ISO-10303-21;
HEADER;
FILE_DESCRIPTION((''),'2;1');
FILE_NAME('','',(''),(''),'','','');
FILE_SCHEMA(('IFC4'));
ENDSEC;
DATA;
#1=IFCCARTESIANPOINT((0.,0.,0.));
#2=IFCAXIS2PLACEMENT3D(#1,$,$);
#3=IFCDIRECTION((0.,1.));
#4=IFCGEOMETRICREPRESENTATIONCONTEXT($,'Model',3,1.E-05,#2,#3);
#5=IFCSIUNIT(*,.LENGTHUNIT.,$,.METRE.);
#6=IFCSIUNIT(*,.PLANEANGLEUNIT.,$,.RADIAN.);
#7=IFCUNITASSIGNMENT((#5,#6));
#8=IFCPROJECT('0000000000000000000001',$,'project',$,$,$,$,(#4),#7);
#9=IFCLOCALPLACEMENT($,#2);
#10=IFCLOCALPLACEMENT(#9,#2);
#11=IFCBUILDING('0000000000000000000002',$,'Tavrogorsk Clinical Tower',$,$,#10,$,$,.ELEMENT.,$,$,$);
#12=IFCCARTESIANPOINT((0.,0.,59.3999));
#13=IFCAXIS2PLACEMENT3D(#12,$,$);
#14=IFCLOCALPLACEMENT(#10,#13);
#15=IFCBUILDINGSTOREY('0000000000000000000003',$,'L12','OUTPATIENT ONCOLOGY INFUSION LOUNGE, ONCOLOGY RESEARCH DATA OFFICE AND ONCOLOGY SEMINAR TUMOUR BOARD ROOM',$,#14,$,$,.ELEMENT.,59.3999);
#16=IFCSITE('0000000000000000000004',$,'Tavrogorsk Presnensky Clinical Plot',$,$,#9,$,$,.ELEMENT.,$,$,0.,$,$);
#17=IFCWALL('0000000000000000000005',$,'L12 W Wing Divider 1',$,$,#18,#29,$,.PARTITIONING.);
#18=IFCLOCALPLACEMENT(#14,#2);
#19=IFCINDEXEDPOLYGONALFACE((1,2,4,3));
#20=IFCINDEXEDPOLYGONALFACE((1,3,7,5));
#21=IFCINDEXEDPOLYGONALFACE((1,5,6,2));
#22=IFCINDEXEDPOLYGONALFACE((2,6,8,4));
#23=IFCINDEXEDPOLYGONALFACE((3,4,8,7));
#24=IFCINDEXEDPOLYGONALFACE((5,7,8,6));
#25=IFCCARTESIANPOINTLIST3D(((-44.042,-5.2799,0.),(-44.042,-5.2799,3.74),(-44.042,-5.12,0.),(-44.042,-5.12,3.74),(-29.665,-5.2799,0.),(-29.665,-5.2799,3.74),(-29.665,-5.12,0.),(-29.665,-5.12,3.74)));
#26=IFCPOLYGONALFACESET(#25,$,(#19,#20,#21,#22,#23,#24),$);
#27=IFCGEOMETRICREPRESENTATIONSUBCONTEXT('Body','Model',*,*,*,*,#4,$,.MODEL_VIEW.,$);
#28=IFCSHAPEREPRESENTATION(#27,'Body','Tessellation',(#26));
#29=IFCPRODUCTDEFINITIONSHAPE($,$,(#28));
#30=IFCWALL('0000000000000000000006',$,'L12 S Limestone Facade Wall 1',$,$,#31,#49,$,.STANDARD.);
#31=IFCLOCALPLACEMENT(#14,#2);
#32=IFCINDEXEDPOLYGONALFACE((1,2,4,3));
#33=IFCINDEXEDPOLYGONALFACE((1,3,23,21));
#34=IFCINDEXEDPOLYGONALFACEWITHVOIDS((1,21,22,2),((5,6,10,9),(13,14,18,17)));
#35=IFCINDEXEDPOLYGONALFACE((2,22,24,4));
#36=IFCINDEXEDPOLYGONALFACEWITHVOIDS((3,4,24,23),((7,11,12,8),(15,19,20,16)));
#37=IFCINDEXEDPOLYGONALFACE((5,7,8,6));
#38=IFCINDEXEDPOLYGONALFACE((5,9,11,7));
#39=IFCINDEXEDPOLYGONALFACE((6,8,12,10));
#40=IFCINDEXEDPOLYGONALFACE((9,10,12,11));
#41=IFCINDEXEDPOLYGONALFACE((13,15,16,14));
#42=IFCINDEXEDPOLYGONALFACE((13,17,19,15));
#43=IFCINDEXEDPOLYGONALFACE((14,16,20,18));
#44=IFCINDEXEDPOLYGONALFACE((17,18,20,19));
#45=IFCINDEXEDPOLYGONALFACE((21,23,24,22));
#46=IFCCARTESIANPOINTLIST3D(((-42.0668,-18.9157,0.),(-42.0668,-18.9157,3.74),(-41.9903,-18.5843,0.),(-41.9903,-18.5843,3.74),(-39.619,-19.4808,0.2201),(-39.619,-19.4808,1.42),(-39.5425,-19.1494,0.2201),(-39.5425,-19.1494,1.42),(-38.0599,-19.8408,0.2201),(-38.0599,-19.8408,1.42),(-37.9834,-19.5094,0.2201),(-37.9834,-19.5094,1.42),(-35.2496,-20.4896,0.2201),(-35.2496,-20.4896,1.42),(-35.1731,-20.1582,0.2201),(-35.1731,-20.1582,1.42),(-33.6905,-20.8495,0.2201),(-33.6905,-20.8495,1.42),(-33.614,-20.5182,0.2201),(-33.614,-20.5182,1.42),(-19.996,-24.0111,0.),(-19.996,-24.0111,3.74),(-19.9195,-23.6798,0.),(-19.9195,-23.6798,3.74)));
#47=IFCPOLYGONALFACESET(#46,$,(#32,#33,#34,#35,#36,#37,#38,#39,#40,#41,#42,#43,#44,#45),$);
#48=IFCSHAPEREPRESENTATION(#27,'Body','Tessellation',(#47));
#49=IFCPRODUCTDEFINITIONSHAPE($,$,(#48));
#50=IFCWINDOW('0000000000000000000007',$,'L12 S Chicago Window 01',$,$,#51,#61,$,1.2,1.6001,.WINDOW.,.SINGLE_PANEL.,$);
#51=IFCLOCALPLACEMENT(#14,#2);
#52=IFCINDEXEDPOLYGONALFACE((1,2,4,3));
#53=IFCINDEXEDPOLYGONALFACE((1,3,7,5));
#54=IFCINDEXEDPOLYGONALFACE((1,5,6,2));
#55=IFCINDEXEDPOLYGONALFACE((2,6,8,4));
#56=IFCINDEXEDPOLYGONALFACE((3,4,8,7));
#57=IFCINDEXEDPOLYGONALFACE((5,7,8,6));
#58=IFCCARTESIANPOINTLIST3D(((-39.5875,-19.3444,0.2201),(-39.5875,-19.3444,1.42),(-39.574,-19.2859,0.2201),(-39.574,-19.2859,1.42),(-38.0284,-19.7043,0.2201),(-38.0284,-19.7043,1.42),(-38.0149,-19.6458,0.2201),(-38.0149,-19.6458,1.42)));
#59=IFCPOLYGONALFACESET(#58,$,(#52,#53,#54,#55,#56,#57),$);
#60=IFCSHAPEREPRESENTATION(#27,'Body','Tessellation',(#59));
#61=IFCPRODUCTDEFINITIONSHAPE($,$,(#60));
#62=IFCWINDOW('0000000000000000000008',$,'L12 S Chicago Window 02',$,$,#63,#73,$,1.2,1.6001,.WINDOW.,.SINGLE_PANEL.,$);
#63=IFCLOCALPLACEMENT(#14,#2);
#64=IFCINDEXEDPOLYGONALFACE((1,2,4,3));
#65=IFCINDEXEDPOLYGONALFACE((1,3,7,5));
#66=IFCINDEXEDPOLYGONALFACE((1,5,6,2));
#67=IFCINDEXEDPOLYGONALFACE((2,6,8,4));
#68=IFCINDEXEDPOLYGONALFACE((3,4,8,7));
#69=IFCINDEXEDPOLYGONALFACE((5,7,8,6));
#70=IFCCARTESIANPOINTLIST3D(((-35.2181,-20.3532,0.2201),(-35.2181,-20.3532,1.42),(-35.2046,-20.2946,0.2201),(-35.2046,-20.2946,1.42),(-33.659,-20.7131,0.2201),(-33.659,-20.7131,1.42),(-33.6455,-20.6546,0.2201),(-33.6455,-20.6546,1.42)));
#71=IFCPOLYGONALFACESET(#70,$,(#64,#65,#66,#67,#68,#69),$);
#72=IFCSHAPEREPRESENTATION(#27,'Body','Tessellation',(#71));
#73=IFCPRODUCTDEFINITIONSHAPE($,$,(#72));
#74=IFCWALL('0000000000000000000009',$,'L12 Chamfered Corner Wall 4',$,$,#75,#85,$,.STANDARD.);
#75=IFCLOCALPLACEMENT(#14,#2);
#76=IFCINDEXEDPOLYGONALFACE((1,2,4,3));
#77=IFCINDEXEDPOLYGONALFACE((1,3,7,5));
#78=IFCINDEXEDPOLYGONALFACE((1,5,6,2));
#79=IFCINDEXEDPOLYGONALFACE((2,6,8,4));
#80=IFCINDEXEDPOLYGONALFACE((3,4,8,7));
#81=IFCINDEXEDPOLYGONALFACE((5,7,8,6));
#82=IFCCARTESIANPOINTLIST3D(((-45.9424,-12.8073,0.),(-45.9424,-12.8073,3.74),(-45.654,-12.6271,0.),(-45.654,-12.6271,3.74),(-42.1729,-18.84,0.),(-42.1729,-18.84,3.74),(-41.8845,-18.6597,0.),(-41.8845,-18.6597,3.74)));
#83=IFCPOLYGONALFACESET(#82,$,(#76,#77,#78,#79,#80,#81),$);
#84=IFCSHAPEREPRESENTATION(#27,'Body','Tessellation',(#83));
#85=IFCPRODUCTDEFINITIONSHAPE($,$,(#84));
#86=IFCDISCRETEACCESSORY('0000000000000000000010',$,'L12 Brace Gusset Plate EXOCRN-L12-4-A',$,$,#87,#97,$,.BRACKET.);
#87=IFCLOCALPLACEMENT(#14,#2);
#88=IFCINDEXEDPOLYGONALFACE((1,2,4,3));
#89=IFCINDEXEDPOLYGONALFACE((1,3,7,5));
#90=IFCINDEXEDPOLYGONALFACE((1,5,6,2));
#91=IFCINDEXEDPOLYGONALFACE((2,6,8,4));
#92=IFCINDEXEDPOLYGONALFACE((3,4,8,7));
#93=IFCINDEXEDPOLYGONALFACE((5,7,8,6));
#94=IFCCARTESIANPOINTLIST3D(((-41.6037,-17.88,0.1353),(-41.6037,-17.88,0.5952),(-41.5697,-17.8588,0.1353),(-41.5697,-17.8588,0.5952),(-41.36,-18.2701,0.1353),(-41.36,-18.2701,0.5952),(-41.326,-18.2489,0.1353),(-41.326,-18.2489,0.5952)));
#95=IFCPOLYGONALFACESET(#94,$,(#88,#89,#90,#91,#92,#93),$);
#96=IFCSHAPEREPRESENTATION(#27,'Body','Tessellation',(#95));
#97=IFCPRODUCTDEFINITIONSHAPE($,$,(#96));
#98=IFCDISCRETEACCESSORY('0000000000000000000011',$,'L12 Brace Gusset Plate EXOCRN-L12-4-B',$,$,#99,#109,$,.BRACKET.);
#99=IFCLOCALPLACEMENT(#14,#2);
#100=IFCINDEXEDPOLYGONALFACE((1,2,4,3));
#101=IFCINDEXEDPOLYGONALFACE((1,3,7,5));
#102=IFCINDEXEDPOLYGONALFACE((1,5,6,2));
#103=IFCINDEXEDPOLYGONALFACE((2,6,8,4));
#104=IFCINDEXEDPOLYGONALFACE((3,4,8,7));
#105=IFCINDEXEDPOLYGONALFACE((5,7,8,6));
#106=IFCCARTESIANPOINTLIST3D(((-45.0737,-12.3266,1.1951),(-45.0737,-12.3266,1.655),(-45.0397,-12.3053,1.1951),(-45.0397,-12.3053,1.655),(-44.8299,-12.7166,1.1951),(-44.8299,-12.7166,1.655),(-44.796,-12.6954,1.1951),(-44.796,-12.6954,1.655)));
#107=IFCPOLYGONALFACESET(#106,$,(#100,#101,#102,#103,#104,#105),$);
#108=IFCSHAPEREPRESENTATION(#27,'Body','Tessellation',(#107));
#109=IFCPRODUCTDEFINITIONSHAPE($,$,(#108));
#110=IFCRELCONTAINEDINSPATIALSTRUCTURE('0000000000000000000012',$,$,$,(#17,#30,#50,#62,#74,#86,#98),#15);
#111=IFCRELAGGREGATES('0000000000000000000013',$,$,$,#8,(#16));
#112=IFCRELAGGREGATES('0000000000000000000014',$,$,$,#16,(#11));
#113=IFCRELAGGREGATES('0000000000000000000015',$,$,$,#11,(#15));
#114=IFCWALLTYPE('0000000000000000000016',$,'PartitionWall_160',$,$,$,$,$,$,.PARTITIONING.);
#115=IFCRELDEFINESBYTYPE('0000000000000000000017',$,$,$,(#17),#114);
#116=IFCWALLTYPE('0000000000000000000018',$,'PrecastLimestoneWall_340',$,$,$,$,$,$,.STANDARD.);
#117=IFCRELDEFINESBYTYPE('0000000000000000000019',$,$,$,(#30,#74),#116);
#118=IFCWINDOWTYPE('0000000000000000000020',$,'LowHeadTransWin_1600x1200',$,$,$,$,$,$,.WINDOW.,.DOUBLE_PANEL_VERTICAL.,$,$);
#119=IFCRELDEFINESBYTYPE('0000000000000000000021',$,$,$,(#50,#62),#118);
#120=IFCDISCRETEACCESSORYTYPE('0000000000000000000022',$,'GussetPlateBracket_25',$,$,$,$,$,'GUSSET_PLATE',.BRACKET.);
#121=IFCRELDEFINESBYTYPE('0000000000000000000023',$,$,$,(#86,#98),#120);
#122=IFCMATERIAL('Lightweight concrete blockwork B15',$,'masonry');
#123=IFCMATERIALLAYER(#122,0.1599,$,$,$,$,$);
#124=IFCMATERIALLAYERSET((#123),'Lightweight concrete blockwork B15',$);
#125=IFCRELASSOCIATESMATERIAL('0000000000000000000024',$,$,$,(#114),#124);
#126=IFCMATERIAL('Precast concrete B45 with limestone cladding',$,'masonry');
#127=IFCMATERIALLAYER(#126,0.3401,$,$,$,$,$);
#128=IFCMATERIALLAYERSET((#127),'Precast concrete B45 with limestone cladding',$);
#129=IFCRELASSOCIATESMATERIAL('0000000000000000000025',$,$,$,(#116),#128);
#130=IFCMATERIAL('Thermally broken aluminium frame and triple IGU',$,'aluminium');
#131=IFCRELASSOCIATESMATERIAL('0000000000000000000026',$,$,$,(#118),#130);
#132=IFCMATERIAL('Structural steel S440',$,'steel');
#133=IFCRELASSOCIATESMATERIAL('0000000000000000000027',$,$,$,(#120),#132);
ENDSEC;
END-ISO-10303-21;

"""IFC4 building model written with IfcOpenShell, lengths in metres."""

from ifc_helpers import new_model, si_unit, direction, frame, frame_2d, origin, origin_2d, place, context, subcontext, project, spatial, rectangle, extrude, material, layer, layer_set, type_object, element, fill, save


model = new_model("IFC4")

# Units and contexts
model_context = context("Model", 3, precision=1e-05, world=origin(), true_north=direction((0.0, 1.0)))
body_context = subcontext(model_context, "Body", "Model", "MODEL_VIEW")
ifc_project = project(units=[si_unit("LENGTHUNIT", "METRE"), si_unit("PLANEANGLEUNIT", "RADIAN")], contexts=[model_context])

# Site, building, storey
site_placement = place(None, origin())
site = spatial("IfcSite", under=ifc_project, at=site_placement, Name="Tavrogorsk Presnensky Clinical Plot", CompositionType="ELEMENT", RefElevation=0.0)
building_placement = place(site_placement, origin())
building = spatial("IfcBuilding", under=site, at=building_placement, Name="Tavrogorsk Clinical Tower", CompositionType="ELEMENT")
storey_placement = place(building_placement, frame((0.0, 0.0, 59.3999)))
storey = spatial("IfcBuildingStorey", under=building, at=storey_placement, Name="L12", Description="OUTPATIENT ONCOLOGY INFUSION LOUNGE, ONCOLOGY RESEARCH DATA OFFICE AND ONCOLOGY SEMINAR TUMOUR BOARD ROOM", CompositionType="ELEMENT", Elevation=59.3999)

# Shared definitions
ifc_material_1 = material(Name="Lightweight concrete blockwork B15", Category="masonry")
ifc_layer_1 = layer(ifc_material_1, 0.1599)
ifc_layer_set_1 = layer_set([ifc_layer_1], Name="Lightweight concrete blockwork B15")
wall_type_1 = type_object("IfcWallType", Name="PartitionWall_160", PredefinedType="PARTITIONING", material=ifc_layer_set_1)

# Wall
wall_1_placement = place(storey_placement, frame((-44.042, -5.2, 0.0), z_axis=(0.0, 0.0, 1.0), x_axis=(1.0, 0.0, 0.0)))
element("IfcWall", 1, at=wall_1_placement, inside=storey, type_object=wall_type_1, Name="L12 W Wing Divider 1", PredefinedType="PARTITIONING", context=body_context, shape_type="SweptSolid", body=[
    extrude(rectangle(XDim=14.377, YDim=0.1599, at=frame_2d((7.1885, 0.0))), origin(), (0.0, 0.0, 1.0), 3.74),
])

# Wall, openings, windows
ifc_material_2 = material(Name="Precast concrete B45 with limestone cladding", Category="masonry")
ifc_layer_2 = layer(ifc_material_2, 0.3401)
ifc_layer_set_2 = layer_set([ifc_layer_2], Name="Precast concrete B45 with limestone cladding")
wall_type_2 = type_object("IfcWallType", Name="PrecastLimestoneWall_340", PredefinedType="STANDARD", material=ifc_layer_set_2)
wall_2_placement = place(storey_placement, frame((-42.0286, -18.75, 0.0), z_axis=(0.0, 0.0, 1.0), x_axis=(0.97437, -0.224952, 0.0)))
wall_2 = element("IfcWall", 2, at=wall_2_placement, inside=storey, type_object=wall_type_2, Name="L12 S Limestone Facade Wall 1", PredefinedType="STANDARD", context=body_context, shape_type="SweptSolid", body=[
    extrude(rectangle(XDim=22.6514, YDim=0.3401, at=frame_2d((11.3257, 0.0))), origin(), (0.0, 0.0, 1.0), 3.74),
])
opening_1_placement = place(wall_2_placement, frame((2.5122, 0.0, 0.22)))
opening_1 = element("IfcOpeningElement", 3, at=opening_1_placement, cuts=wall_2, PredefinedType="OPENING", context=body_context, shape_type="SweptSolid", body=[
    extrude(rectangle(XDim=1.6001, YDim=1.2, at=frame_2d((0.8, 0.6001))), frame((0.0, 0.1799, 0.0), z_axis=(0.0, -1.0, 0.0), x_axis=(1.0, 0.0, 0.0)), (0.0, 0.0, 1.0), 0.3601),
])
opening_2_placement = place(wall_2_placement, frame((6.9966, 0.0, 0.22)))
opening_2 = element("IfcOpeningElement", 4, at=opening_2_placement, cuts=wall_2, PredefinedType="OPENING", context=body_context, shape_type="SweptSolid", body=[
    extrude(rectangle(XDim=1.6001, YDim=1.2, at=frame_2d((0.8, 0.6001))), frame((0.0, 0.1799, 0.0), z_axis=(0.0, -1.0, 0.0), x_axis=(1.0, 0.0, 0.0)), (0.0, 0.0, 1.0), 0.3601),
])
ifc_material_3 = material(Name="Thermally broken aluminium frame and triple IGU", Category="aluminium")
window_type = type_object("IfcWindowType", Name="LowHeadTransWin_1600x1200", PartitioningType="DOUBLE_PANEL_VERTICAL", PredefinedType="WINDOW", material=ifc_material_3)
window_1_placement = place(opening_1_placement, origin())
window_1 = element("IfcWindow", 5, at=window_1_placement, inside=storey, type_object=window_type, Name="L12 S Chicago Window 01", OverallHeight=1.2, OverallWidth=1.6001, PartitioningType="SINGLE_PANEL", PredefinedType="WINDOW", context=body_context, shape_type="SweptSolid", body=[
    extrude(rectangle(XDim=1.6001, YDim=1.2, at=frame_2d((0.8, 0.6001))), frame((0.0, 0.03, 0.0), z_axis=(0.0, -1.0, 0.0), x_axis=(1.0, 0.0, 0.0)), (0.0, 0.0, 1.0), 0.0601),
])
fill(opening_1, window_1)
window_2_placement = place(opening_2_placement, origin())
window_2 = element("IfcWindow", 6, at=window_2_placement, inside=storey, type_object=window_type, Name="L12 S Chicago Window 02", OverallHeight=1.2, OverallWidth=1.6001, PartitioningType="SINGLE_PANEL", PredefinedType="WINDOW", context=body_context, shape_type="SweptSolid", body=[
    extrude(rectangle(XDim=1.6001, YDim=1.2, at=frame_2d((0.8, 0.6001))), frame((0.0, 0.03, 0.0), z_axis=(0.0, -1.0, 0.0), x_axis=(1.0, 0.0, 0.0)), (0.0, 0.0, 1.0), 0.0601),
])
fill(opening_2, window_2)

# Wall
wall_3_placement = place(storey_placement, frame((-45.7981, -12.7173, 0.0), z_axis=(0.0, 0.0, 1.0), x_axis=(0.529906, -0.848056, 0.0)))
element("IfcWall", 7, at=wall_3_placement, inside=storey, type_object=wall_type_2, Name="L12 Chamfered Corner Wall 4", PredefinedType="STANDARD", context=body_context, shape_type="SweptSolid", body=[
    extrude(rectangle(XDim=7.1135, YDim=0.3401, at=frame_2d((3.5566, 0.0))), origin(), (0.0, 0.0, 1.0), 3.74),
])

# Discrete accessories
ifc_material_4 = material(Name="Structural steel S440", Category="steel")
discrete_accessory_type = type_object("IfcDiscreteAccessoryType", Name="GussetPlateBracket_25", ElementType="GUSSET_PLATE", PredefinedType="BRACKET", material=ifc_material_4)
for number, where, z_axis, x_axis, name in (
    (8, (-41.4648, -18.0645, 0.1353), (0.0, 0.0, 1.0), (-0.529919, 0.848048, 0.0), "L12 Brace Gusset Plate EXOCRN-L12-4-A"),
    (9, (-44.9348, -12.511, 1.1951), (0.0, 0.0, 1.0), (-0.529919, 0.848048, 0.0), "L12 Brace Gusset Plate EXOCRN-L12-4-B"),
):
    element("IfcDiscreteAccessory", number, at=place(storey_placement, frame(where, z_axis=z_axis, x_axis=x_axis)), inside=storey, type_object=discrete_accessory_type, Name=name, PredefinedType="BRACKET", context=body_context, shape_type="SweptSolid", body=[
        extrude(rectangle(XDim=0.46, YDim=0.04, at=origin_2d()), origin(), (0.0, 0.0, 1.0), 0.46),
    ])

save(model, "model.ifc")
